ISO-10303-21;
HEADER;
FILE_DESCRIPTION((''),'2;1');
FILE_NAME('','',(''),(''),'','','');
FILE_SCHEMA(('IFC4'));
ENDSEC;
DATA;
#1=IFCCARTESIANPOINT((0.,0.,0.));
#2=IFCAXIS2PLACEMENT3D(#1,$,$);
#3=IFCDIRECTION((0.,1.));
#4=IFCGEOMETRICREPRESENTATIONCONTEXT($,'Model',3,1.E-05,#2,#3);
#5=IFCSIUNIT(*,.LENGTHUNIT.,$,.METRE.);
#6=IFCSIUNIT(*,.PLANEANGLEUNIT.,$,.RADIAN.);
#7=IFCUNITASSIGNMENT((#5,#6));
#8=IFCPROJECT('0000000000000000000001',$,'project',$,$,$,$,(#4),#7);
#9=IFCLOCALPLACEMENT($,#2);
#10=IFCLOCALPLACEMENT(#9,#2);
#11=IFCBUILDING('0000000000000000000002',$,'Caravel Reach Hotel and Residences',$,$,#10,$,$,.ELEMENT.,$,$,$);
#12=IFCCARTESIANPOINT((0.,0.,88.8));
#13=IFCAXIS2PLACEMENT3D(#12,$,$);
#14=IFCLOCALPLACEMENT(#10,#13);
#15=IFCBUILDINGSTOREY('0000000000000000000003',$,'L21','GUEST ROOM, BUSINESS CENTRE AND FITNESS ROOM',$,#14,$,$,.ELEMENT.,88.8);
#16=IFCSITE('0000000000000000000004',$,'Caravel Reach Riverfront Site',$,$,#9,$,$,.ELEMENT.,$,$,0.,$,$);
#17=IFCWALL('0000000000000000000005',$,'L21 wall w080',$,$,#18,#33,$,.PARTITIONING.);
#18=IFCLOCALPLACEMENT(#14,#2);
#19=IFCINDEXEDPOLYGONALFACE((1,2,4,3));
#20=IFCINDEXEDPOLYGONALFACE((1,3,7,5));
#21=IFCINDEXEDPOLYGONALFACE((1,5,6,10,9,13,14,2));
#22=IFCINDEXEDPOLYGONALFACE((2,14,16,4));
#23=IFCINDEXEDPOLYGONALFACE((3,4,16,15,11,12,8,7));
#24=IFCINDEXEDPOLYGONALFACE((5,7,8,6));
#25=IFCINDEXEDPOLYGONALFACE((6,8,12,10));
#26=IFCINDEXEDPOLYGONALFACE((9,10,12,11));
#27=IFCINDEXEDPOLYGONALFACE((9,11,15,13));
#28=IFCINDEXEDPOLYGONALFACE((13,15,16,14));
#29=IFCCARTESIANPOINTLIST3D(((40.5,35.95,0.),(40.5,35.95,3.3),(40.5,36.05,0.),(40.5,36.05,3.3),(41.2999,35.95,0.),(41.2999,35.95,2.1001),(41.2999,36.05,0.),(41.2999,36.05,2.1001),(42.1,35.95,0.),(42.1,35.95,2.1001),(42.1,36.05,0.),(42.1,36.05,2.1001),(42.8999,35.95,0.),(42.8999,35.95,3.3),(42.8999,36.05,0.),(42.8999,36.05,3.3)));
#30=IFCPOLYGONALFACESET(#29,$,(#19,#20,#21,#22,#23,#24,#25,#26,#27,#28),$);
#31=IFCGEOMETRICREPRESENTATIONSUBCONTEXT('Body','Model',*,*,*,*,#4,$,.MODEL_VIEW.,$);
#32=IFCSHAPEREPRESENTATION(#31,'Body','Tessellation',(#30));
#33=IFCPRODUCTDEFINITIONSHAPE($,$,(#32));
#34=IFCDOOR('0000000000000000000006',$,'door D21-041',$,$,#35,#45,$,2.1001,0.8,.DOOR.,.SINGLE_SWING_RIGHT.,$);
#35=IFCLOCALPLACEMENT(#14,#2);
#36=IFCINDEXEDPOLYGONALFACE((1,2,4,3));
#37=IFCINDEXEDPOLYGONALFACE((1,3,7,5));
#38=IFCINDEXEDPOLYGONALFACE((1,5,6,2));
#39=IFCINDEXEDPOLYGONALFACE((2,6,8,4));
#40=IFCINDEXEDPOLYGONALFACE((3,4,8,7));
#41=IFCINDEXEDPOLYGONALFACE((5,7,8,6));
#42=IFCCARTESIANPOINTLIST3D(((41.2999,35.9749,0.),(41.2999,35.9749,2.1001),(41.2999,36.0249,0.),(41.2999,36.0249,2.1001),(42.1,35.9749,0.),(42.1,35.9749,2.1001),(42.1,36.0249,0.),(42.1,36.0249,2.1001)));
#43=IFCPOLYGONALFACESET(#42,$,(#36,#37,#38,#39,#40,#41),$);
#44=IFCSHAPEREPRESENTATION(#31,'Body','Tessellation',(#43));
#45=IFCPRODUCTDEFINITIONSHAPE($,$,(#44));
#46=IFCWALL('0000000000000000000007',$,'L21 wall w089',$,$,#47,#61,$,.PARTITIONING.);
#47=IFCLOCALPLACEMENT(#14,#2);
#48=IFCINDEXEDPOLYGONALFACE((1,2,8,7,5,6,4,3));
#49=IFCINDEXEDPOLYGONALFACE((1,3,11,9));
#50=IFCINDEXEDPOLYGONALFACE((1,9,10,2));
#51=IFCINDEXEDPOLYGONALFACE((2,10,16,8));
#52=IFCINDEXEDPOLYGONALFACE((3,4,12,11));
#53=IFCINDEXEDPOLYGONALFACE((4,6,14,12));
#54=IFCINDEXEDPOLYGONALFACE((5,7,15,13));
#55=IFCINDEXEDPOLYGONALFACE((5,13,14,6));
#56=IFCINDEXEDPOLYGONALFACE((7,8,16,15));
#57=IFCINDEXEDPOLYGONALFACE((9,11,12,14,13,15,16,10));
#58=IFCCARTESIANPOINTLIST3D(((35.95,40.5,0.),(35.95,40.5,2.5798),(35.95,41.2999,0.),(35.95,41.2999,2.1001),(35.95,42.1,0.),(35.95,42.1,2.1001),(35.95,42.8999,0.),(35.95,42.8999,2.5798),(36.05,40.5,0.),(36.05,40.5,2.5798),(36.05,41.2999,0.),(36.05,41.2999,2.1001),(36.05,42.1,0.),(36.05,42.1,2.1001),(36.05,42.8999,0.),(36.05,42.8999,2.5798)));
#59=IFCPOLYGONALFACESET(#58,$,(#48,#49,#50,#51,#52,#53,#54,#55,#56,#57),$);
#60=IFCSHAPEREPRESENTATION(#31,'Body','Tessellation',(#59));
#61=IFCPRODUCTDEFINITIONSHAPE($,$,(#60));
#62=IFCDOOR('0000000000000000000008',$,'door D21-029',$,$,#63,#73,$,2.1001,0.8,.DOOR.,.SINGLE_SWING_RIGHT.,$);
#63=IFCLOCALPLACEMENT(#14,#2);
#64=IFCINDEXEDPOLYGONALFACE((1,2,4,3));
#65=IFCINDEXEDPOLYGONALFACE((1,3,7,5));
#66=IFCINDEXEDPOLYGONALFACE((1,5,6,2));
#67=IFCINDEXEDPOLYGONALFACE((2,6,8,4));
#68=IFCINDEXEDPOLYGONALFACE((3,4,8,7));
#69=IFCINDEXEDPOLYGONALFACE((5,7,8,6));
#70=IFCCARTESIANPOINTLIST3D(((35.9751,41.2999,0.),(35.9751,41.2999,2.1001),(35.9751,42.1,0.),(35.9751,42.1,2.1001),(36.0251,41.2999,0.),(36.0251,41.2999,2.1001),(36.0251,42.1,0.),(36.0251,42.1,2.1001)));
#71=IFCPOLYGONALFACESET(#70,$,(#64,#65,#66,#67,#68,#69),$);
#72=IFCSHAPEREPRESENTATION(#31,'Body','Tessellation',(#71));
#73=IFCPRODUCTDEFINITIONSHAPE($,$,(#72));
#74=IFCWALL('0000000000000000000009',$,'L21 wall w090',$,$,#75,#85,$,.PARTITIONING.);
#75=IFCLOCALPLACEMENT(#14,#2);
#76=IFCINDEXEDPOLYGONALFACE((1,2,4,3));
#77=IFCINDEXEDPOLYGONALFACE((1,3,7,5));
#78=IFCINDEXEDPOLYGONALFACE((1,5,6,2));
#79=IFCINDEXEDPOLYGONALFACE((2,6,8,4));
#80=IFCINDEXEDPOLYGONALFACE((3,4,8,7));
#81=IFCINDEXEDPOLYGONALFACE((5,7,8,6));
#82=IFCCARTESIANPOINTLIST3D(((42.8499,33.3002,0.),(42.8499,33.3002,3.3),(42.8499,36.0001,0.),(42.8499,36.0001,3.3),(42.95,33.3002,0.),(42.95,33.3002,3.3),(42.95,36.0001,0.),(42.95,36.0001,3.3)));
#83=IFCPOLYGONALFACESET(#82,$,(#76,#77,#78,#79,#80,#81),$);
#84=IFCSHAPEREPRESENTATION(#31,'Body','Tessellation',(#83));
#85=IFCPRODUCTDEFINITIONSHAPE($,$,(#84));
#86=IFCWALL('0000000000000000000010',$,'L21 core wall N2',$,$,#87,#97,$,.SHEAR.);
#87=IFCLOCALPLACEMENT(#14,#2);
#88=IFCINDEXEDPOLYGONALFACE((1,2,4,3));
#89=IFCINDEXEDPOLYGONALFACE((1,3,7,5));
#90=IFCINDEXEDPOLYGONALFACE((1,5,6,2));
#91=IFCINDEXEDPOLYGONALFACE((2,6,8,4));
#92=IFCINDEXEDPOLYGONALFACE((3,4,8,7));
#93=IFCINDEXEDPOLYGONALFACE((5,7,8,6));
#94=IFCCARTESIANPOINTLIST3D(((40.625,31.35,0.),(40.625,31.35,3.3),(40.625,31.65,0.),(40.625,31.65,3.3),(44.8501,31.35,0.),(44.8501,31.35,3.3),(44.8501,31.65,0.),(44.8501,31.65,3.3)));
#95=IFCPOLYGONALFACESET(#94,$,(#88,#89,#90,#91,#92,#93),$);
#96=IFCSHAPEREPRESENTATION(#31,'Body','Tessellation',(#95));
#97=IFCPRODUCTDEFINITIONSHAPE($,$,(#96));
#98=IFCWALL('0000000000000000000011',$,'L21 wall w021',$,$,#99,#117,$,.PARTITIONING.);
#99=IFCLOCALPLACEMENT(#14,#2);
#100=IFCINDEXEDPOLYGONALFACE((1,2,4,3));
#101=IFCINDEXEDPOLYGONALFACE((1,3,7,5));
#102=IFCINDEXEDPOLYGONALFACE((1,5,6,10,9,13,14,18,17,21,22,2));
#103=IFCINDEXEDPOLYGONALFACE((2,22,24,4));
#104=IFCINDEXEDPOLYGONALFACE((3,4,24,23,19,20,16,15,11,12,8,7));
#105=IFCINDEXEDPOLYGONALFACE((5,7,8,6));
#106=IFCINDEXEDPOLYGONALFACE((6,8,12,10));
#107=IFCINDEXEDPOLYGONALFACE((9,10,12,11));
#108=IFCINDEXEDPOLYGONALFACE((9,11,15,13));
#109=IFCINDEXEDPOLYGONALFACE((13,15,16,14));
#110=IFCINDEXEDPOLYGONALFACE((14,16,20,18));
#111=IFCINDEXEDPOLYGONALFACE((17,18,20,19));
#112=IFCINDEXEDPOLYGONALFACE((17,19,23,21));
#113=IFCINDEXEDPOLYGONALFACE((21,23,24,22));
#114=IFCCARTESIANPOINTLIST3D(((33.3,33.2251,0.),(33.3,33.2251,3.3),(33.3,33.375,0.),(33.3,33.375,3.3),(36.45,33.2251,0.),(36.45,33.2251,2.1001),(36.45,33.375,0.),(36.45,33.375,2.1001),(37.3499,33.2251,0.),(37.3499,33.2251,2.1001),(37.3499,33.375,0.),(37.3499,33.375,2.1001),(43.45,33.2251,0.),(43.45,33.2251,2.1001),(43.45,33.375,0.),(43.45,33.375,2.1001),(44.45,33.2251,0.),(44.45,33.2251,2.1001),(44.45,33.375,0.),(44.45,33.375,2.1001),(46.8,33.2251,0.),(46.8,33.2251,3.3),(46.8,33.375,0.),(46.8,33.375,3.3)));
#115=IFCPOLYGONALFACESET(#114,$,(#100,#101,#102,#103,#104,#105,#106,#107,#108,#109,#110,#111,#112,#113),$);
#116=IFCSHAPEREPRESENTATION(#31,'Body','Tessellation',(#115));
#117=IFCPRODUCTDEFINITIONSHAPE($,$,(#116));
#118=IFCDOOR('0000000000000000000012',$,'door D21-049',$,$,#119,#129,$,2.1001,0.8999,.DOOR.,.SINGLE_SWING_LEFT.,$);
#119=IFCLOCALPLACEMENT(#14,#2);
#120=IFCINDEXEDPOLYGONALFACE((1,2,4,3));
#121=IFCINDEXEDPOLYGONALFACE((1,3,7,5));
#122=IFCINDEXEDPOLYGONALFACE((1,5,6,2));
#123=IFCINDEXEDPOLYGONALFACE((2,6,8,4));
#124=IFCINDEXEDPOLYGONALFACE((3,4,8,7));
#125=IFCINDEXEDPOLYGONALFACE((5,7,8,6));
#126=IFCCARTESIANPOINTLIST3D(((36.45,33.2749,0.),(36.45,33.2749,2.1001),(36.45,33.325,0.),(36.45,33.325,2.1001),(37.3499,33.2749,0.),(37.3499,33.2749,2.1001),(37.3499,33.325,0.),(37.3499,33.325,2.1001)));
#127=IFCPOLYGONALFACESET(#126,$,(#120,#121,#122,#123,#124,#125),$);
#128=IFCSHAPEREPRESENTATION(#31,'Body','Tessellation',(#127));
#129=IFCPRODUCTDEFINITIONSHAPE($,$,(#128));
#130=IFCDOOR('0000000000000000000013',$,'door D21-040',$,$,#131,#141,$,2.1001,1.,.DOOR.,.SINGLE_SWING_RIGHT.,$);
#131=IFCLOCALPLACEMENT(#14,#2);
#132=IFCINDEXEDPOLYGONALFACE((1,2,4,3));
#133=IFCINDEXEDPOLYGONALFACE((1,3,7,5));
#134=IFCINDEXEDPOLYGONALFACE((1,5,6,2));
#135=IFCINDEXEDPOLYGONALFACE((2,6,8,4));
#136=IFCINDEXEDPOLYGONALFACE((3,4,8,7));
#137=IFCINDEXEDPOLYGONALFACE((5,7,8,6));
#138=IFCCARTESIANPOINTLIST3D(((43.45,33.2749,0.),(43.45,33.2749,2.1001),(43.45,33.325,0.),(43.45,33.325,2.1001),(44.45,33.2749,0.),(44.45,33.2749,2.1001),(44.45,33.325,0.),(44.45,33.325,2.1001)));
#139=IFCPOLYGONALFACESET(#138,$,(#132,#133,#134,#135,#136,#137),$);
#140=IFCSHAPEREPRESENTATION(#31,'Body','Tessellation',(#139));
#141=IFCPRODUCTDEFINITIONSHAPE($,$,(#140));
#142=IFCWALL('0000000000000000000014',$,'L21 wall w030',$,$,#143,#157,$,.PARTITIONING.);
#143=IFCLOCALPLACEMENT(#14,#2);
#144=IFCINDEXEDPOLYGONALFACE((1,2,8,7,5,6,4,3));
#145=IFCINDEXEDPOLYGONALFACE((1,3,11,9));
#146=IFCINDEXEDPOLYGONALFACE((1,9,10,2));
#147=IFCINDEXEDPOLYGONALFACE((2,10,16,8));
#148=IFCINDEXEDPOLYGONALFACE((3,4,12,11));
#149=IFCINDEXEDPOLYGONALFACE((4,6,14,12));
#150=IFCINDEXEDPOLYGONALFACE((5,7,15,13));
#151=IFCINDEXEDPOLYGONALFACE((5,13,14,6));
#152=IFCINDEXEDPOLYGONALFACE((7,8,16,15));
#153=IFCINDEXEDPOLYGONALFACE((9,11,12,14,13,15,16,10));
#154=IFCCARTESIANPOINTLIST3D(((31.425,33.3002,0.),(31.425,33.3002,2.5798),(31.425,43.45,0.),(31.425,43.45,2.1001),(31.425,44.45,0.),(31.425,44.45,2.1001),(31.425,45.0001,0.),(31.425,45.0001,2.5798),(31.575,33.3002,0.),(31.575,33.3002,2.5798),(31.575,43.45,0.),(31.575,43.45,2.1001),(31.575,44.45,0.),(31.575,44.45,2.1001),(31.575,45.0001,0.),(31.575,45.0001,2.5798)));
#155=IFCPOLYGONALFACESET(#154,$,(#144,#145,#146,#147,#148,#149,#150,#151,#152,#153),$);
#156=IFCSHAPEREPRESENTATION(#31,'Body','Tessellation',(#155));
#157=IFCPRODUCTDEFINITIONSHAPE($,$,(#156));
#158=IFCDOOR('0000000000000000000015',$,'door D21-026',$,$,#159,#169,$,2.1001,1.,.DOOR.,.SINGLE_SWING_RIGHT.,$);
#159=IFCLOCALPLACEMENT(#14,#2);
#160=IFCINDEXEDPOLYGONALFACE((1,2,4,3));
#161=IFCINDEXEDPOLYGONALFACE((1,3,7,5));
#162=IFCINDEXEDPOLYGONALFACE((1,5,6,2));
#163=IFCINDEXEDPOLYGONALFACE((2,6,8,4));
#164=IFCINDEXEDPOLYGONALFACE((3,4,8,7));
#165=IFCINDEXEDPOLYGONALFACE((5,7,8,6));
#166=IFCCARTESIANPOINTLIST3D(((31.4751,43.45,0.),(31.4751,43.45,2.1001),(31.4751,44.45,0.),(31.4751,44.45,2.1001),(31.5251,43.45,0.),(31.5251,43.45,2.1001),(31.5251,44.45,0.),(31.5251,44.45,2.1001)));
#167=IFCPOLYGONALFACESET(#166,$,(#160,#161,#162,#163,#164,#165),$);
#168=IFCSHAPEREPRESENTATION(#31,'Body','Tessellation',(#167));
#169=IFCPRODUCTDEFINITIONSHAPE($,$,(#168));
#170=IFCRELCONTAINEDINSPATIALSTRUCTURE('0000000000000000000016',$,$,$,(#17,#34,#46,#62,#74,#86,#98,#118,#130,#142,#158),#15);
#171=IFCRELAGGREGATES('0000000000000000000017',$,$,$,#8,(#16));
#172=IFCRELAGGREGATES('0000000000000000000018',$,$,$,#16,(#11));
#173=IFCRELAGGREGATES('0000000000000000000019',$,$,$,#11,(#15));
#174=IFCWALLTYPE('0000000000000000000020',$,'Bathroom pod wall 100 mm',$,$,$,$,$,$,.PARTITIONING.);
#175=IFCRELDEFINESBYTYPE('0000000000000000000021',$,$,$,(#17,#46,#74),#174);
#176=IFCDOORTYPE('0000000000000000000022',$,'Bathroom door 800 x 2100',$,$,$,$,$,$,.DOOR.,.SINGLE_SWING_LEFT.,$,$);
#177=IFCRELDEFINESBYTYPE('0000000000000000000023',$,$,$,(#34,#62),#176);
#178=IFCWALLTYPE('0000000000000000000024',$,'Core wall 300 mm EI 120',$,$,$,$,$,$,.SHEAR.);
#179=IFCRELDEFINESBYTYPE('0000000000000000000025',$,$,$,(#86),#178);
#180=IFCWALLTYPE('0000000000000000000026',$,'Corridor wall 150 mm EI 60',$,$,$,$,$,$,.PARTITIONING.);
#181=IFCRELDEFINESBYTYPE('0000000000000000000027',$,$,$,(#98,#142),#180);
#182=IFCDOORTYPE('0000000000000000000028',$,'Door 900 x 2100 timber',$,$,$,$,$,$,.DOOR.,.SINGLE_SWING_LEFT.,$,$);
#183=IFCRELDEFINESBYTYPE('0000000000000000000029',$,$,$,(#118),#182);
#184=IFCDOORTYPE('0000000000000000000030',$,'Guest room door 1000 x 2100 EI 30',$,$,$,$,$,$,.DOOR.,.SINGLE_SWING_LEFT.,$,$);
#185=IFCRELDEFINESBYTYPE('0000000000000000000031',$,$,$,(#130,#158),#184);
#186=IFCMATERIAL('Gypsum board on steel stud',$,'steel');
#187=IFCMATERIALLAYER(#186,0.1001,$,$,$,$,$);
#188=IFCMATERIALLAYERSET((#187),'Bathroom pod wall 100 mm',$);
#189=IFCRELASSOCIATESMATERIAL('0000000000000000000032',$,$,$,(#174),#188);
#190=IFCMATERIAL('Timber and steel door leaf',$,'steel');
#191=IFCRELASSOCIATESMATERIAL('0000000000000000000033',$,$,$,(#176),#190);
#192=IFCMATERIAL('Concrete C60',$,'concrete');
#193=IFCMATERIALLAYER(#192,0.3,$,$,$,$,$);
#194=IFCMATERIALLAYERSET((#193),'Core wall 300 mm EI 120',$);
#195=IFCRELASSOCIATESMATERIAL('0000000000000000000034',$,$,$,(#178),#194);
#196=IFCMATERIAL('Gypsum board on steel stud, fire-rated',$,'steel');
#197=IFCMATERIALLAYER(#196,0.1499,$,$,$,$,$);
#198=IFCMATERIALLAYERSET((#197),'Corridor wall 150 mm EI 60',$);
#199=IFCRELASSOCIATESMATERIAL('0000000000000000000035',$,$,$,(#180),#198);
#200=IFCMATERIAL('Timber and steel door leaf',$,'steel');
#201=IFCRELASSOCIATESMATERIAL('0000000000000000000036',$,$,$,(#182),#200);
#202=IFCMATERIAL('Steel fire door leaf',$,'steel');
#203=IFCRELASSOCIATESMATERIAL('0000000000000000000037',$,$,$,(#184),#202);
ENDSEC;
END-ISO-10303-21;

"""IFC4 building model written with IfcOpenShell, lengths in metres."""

from ifc_helpers import new_model, si_unit, direction, frame, frame_2d, origin, place, context, subcontext, project, spatial, rectangle, extrude, material, layer, layer_set, type_object, element, fill, save


model = new_model("IFC4")

# Units and contexts
model_context = context("Model", 3, precision=1e-05, world=origin(), true_north=direction((0.0, 1.0)))
body_context = subcontext(model_context, "Body", "Model", "MODEL_VIEW")
ifc_project = project(units=[si_unit("LENGTHUNIT", "METRE"), si_unit("PLANEANGLEUNIT", "RADIAN")], contexts=[model_context])

# Site, building, storey
site_placement = place(None, origin())
site = spatial("IfcSite", under=ifc_project, at=site_placement, Name="Caravel Reach Riverfront Site", CompositionType="ELEMENT", RefElevation=0.0)
building_placement = place(site_placement, origin())
building = spatial("IfcBuilding", under=site, at=building_placement, Name="Caravel Reach Hotel and Residences", CompositionType="ELEMENT")
storey_placement = place(building_placement, frame((0.0, 0.0, 88.8)))
storey = spatial("IfcBuildingStorey", under=building, at=storey_placement, Name="L21", Description="GUEST ROOM, BUSINESS CENTRE AND FITNESS ROOM", CompositionType="ELEMENT", Elevation=88.8)

# Walls, openings, doors
ifc_material_1 = material(Name="Gypsum board on steel stud", Category="steel")
ifc_layer_1 = layer(ifc_material_1, 0.1001)
ifc_layer_set_1 = layer_set([ifc_layer_1], Name="Bathroom pod wall 100 mm")
wall_type_1 = type_object("IfcWallType", Name="Bathroom pod wall 100 mm", PredefinedType="PARTITIONING", material=ifc_layer_set_1)
wall_1_placement = place(storey_placement, frame((40.5, 36.0, 0.0), z_axis=(0.0, 0.0, 1.0), x_axis=(1.0, 0.0, 0.0)))
wall_1 = element("IfcWall", 1, at=wall_1_placement, inside=storey, type_object=wall_type_1, Name="L21 wall w080", PredefinedType="PARTITIONING", context=body_context, shape_type="SweptSolid", body=[
    extrude(rectangle(XDim=2.3999, YDim=0.1001, at=frame_2d((1.2, 0.0))), origin(), (0.0, 0.0, 1.0), 3.3),
])
opening_1_placement = place(wall_1_placement, frame((0.8, 0.0, 0.0)))
opening_1 = element("IfcOpeningElement", 2, at=opening_1_placement, cuts=wall_1, PredefinedType="OPENING", context=body_context, shape_type="SweptSolid", body=[
    extrude(rectangle(XDim=0.8, YDim=2.1001, at=frame_2d((0.3999, 1.05))), frame((0.0, 0.0601, 0.0), z_axis=(0.0, -1.0, 0.0), x_axis=(1.0, 0.0, 0.0)), (0.0, 0.0, 1.0), 0.1201),
])
ifc_material_2 = material(Name="Timber and steel door leaf", Category="steel")
door_type_1 = type_object("IfcDoorType", Name="Bathroom door 800 x 2100", OperationType="SINGLE_SWING_LEFT", PredefinedType="DOOR", material=ifc_material_2)
door_1_placement = place(opening_1_placement, origin())
door_1 = element("IfcDoor", 3, at=door_1_placement, inside=storey, type_object=door_type_1, Name="door D21-041", OperationType="SINGLE_SWING_RIGHT", OverallHeight=2.1001, OverallWidth=0.8, PredefinedType="DOOR", context=body_context, shape_type="SweptSolid", body=[
    extrude(rectangle(XDim=0.8, YDim=2.1001, at=frame_2d((0.3999, 1.05))), frame((0.0, 0.0249, 0.0), z_axis=(0.0, -1.0, 0.0), x_axis=(1.0, 0.0, 0.0)), (0.0, 0.0, 1.0), 0.05),
])
fill(opening_1, door_1)
wall_2_placement = place(storey_placement, frame((36.0, 40.5, 0.0), z_axis=(0.0, 0.0, 1.0), x_axis=(0.0, 1.0, 0.0)))
wall_2 = element("IfcWall", 4, at=wall_2_placement, inside=storey, type_object=wall_type_1, Name="L21 wall w089", PredefinedType="PARTITIONING", context=body_context, shape_type="SweptSolid", body=[
    extrude(rectangle(XDim=2.3999, YDim=0.1001, at=frame_2d((1.2, 0.0))), origin(), (0.0, 0.0, 1.0), 2.5798),
])
opening_2_placement = place(wall_2_placement, frame((0.8, 0.0, 0.0)))
opening_2 = element("IfcOpeningElement", 5, at=opening_2_placement, cuts=wall_2, PredefinedType="OPENING", context=body_context, shape_type="SweptSolid", body=[
    extrude(rectangle(XDim=0.8, YDim=2.1001, at=frame_2d((0.3999, 1.05))), frame((0.0, 0.0601, 0.0), z_axis=(0.0, -1.0, 0.0), x_axis=(1.0, 0.0, 0.0)), (0.0, 0.0, 1.0), 0.1201),
])
door_2_placement = place(opening_2_placement, origin())
door_2 = element("IfcDoor", 6, at=door_2_placement, inside=storey, type_object=door_type_1, Name="door D21-029", OperationType="SINGLE_SWING_RIGHT", OverallHeight=2.1001, OverallWidth=0.8, PredefinedType="DOOR", context=body_context, shape_type="SweptSolid", body=[
    extrude(rectangle(XDim=0.8, YDim=2.1001, at=frame_2d((0.3999, 1.05))), frame((0.0, 0.0249, 0.0), z_axis=(0.0, -1.0, 0.0), x_axis=(1.0, 0.0, 0.0)), (0.0, 0.0, 1.0), 0.05),
])
fill(opening_2, door_2)

# Walls
wall_3_placement = place(storey_placement, frame((42.8999, 33.3, 0.0), z_axis=(0.0, 0.0, 1.0), x_axis=(0.0, 1.0, 0.0)))
element("IfcWall", 7, at=wall_3_placement, inside=storey, type_object=wall_type_1, Name="L21 wall w090", PredefinedType="PARTITIONING", context=body_context, shape_type="SweptSolid", body=[
    extrude(rectangle(XDim=2.7, YDim=0.1001, at=frame_2d((1.3501, 0.0))), origin(), (0.0, 0.0, 1.0), 3.3),
])
ifc_material_3 = material(Name="Concrete C60", Category="concrete")
ifc_layer_2 = layer(ifc_material_3, 0.3)
ifc_layer_set_2 = layer_set([ifc_layer_2], Name="Core wall 300 mm EI 120")
wall_type_2 = type_object("IfcWallType", Name="Core wall 300 mm EI 120", PredefinedType="SHEAR", material=ifc_layer_set_2)
wall_4_placement = place(storey_placement, frame((40.625, 31.5, 0.0), z_axis=(0.0, 0.0, 1.0), x_axis=(1.0, 0.0, 0.0)))
element("IfcWall", 8, at=wall_4_placement, inside=storey, type_object=wall_type_2, Name="L21 core wall N2", PredefinedType="SHEAR", context=body_context, shape_type="SweptSolid", body=[
    extrude(rectangle(XDim=4.2251, YDim=0.3, at=frame_2d((2.1125, 0.0))), origin(), (0.0, 0.0, 1.0), 3.3),
])

# Wall, openings, doors
ifc_material_4 = material(Name="Gypsum board on steel stud, fire-rated", Category="steel")
ifc_layer_3 = layer(ifc_material_4, 0.1499)
ifc_layer_set_3 = layer_set([ifc_layer_3], Name="Corridor wall 150 mm EI 60")
wall_type_3 = type_object("IfcWallType", Name="Corridor wall 150 mm EI 60", PredefinedType="PARTITIONING", material=ifc_layer_set_3)
wall_5_placement = place(storey_placement, frame((33.3, 33.3, 0.0), z_axis=(0.0, 0.0, 1.0), x_axis=(1.0, 0.0, 0.0)))
wall_5 = element("IfcWall", 9, at=wall_5_placement, inside=storey, type_object=wall_type_3, Name="L21 wall w021", PredefinedType="PARTITIONING", context=body_context, shape_type="SweptSolid", body=[
    extrude(rectangle(XDim=13.5, YDim=0.1499, at=frame_2d((6.75, 0.0))), origin(), (0.0, 0.0, 1.0), 3.3),
])
opening_3_placement = place(wall_5_placement, frame((10.1499, 0.0, 0.0)))
opening_3 = element("IfcOpeningElement", 10, at=opening_3_placement, cuts=wall_5, PredefinedType="OPENING", context=body_context, shape_type="SweptSolid", body=[
    extrude(rectangle(XDim=1.0, YDim=2.1001, at=frame_2d((0.5, 1.05))), frame((0.0, 0.085, 0.0), z_axis=(0.0, -1.0, 0.0), x_axis=(1.0, 0.0, 0.0)), (0.0, 0.0, 1.0), 0.1699),
])
opening_4_placement = place(wall_5_placement, frame((3.1499, 0.0, 0.0)))
opening_4 = element("IfcOpeningElement", 11, at=opening_4_placement, cuts=wall_5, PredefinedType="OPENING", context=body_context, shape_type="SweptSolid", body=[
    extrude(rectangle(XDim=0.8999, YDim=2.1001, at=frame_2d((0.45, 1.05))), frame((0.0, 0.085, 0.0), z_axis=(0.0, -1.0, 0.0), x_axis=(1.0, 0.0, 0.0)), (0.0, 0.0, 1.0), 0.1699),
])
ifc_material_5 = material(Name="Timber and steel door leaf", Category="steel")
door_type_2 = type_object("IfcDoorType", Name="Door 900 x 2100 timber", OperationType="SINGLE_SWING_LEFT", PredefinedType="DOOR", material=ifc_material_5)
door_3_placement = place(opening_4_placement, origin())
door_3 = element("IfcDoor", 12, at=door_3_placement, inside=storey, type_object=door_type_2, Name="door D21-049", OperationType="SINGLE_SWING_LEFT", OverallHeight=2.1001, OverallWidth=0.8999, PredefinedType="DOOR", context=body_context, shape_type="SweptSolid", body=[
    extrude(rectangle(XDim=0.8999, YDim=2.1001, at=frame_2d((0.45, 1.05))), frame((0.0, 0.0249, 0.0), z_axis=(0.0, -1.0, 0.0), x_axis=(1.0, 0.0, 0.0)), (0.0, 0.0, 1.0), 0.05),
])
fill(opening_4, door_3)
ifc_material_6 = material(Name="Steel fire door leaf", Category="steel")
door_type_3 = type_object("IfcDoorType", Name="Guest room door 1000 x 2100 EI 30", OperationType="SINGLE_SWING_LEFT", PredefinedType="DOOR", material=ifc_material_6)
door_4_placement = place(opening_3_placement, origin())
door_4 = element("IfcDoor", 13, at=door_4_placement, inside=storey, type_object=door_type_3, Name="door D21-040", OperationType="SINGLE_SWING_RIGHT", OverallHeight=2.1001, OverallWidth=1.0, PredefinedType="DOOR", context=body_context, shape_type="SweptSolid", body=[
    extrude(rectangle(XDim=1.0, YDim=2.1001, at=frame_2d((0.5, 1.05))), frame((0.0, 0.0249, 0.0), z_axis=(0.0, -1.0, 0.0), x_axis=(1.0, 0.0, 0.0)), (0.0, 0.0, 1.0), 0.05),
])
fill(opening_3, door_4)

# Wall, opening, door
wall_6_placement = place(storey_placement, frame((31.5, 33.3, 0.0), z_axis=(0.0, 0.0, 1.0), x_axis=(0.0, 1.0, 0.0)))
wall_6 = element("IfcWall", 14, at=wall_6_placement, inside=storey, type_object=wall_type_3, Name="L21 wall w030", PredefinedType="PARTITIONING", context=body_context, shape_type="SweptSolid", body=[
    extrude(rectangle(XDim=11.7, YDim=0.1499, at=frame_2d((5.8501, 0.0))), origin(), (0.0, 0.0, 1.0), 2.5798),
])
opening_5_placement = place(wall_6_placement, frame((10.1499, 0.0, 0.0)))
opening_5 = element("IfcOpeningElement", 15, at=opening_5_placement, cuts=wall_6, PredefinedType="OPENING", context=body_context, shape_type="SweptSolid", body=[
    extrude(rectangle(XDim=1.0, YDim=2.1001, at=frame_2d((0.5, 1.05))), frame((0.0, 0.085, 0.0), z_axis=(0.0, -1.0, 0.0), x_axis=(1.0, 0.0, 0.0)), (0.0, 0.0, 1.0), 0.1699),
])
door_5_placement = place(opening_5_placement, origin())
door_5 = element("IfcDoor", 16, at=door_5_placement, inside=storey, type_object=door_type_3, Name="door D21-026", OperationType="SINGLE_SWING_RIGHT", OverallHeight=2.1001, OverallWidth=1.0, PredefinedType="DOOR", context=body_context, shape_type="SweptSolid", body=[
    extrude(rectangle(XDim=1.0, YDim=2.1001, at=frame_2d((0.5, 1.05))), frame((0.0, 0.0249, 0.0), z_axis=(0.0, -1.0, 0.0), x_axis=(1.0, 0.0, 0.0)), (0.0, 0.0, 1.0), 0.05),
])
fill(opening_5, door_5)

save(model, "model.ifc")
